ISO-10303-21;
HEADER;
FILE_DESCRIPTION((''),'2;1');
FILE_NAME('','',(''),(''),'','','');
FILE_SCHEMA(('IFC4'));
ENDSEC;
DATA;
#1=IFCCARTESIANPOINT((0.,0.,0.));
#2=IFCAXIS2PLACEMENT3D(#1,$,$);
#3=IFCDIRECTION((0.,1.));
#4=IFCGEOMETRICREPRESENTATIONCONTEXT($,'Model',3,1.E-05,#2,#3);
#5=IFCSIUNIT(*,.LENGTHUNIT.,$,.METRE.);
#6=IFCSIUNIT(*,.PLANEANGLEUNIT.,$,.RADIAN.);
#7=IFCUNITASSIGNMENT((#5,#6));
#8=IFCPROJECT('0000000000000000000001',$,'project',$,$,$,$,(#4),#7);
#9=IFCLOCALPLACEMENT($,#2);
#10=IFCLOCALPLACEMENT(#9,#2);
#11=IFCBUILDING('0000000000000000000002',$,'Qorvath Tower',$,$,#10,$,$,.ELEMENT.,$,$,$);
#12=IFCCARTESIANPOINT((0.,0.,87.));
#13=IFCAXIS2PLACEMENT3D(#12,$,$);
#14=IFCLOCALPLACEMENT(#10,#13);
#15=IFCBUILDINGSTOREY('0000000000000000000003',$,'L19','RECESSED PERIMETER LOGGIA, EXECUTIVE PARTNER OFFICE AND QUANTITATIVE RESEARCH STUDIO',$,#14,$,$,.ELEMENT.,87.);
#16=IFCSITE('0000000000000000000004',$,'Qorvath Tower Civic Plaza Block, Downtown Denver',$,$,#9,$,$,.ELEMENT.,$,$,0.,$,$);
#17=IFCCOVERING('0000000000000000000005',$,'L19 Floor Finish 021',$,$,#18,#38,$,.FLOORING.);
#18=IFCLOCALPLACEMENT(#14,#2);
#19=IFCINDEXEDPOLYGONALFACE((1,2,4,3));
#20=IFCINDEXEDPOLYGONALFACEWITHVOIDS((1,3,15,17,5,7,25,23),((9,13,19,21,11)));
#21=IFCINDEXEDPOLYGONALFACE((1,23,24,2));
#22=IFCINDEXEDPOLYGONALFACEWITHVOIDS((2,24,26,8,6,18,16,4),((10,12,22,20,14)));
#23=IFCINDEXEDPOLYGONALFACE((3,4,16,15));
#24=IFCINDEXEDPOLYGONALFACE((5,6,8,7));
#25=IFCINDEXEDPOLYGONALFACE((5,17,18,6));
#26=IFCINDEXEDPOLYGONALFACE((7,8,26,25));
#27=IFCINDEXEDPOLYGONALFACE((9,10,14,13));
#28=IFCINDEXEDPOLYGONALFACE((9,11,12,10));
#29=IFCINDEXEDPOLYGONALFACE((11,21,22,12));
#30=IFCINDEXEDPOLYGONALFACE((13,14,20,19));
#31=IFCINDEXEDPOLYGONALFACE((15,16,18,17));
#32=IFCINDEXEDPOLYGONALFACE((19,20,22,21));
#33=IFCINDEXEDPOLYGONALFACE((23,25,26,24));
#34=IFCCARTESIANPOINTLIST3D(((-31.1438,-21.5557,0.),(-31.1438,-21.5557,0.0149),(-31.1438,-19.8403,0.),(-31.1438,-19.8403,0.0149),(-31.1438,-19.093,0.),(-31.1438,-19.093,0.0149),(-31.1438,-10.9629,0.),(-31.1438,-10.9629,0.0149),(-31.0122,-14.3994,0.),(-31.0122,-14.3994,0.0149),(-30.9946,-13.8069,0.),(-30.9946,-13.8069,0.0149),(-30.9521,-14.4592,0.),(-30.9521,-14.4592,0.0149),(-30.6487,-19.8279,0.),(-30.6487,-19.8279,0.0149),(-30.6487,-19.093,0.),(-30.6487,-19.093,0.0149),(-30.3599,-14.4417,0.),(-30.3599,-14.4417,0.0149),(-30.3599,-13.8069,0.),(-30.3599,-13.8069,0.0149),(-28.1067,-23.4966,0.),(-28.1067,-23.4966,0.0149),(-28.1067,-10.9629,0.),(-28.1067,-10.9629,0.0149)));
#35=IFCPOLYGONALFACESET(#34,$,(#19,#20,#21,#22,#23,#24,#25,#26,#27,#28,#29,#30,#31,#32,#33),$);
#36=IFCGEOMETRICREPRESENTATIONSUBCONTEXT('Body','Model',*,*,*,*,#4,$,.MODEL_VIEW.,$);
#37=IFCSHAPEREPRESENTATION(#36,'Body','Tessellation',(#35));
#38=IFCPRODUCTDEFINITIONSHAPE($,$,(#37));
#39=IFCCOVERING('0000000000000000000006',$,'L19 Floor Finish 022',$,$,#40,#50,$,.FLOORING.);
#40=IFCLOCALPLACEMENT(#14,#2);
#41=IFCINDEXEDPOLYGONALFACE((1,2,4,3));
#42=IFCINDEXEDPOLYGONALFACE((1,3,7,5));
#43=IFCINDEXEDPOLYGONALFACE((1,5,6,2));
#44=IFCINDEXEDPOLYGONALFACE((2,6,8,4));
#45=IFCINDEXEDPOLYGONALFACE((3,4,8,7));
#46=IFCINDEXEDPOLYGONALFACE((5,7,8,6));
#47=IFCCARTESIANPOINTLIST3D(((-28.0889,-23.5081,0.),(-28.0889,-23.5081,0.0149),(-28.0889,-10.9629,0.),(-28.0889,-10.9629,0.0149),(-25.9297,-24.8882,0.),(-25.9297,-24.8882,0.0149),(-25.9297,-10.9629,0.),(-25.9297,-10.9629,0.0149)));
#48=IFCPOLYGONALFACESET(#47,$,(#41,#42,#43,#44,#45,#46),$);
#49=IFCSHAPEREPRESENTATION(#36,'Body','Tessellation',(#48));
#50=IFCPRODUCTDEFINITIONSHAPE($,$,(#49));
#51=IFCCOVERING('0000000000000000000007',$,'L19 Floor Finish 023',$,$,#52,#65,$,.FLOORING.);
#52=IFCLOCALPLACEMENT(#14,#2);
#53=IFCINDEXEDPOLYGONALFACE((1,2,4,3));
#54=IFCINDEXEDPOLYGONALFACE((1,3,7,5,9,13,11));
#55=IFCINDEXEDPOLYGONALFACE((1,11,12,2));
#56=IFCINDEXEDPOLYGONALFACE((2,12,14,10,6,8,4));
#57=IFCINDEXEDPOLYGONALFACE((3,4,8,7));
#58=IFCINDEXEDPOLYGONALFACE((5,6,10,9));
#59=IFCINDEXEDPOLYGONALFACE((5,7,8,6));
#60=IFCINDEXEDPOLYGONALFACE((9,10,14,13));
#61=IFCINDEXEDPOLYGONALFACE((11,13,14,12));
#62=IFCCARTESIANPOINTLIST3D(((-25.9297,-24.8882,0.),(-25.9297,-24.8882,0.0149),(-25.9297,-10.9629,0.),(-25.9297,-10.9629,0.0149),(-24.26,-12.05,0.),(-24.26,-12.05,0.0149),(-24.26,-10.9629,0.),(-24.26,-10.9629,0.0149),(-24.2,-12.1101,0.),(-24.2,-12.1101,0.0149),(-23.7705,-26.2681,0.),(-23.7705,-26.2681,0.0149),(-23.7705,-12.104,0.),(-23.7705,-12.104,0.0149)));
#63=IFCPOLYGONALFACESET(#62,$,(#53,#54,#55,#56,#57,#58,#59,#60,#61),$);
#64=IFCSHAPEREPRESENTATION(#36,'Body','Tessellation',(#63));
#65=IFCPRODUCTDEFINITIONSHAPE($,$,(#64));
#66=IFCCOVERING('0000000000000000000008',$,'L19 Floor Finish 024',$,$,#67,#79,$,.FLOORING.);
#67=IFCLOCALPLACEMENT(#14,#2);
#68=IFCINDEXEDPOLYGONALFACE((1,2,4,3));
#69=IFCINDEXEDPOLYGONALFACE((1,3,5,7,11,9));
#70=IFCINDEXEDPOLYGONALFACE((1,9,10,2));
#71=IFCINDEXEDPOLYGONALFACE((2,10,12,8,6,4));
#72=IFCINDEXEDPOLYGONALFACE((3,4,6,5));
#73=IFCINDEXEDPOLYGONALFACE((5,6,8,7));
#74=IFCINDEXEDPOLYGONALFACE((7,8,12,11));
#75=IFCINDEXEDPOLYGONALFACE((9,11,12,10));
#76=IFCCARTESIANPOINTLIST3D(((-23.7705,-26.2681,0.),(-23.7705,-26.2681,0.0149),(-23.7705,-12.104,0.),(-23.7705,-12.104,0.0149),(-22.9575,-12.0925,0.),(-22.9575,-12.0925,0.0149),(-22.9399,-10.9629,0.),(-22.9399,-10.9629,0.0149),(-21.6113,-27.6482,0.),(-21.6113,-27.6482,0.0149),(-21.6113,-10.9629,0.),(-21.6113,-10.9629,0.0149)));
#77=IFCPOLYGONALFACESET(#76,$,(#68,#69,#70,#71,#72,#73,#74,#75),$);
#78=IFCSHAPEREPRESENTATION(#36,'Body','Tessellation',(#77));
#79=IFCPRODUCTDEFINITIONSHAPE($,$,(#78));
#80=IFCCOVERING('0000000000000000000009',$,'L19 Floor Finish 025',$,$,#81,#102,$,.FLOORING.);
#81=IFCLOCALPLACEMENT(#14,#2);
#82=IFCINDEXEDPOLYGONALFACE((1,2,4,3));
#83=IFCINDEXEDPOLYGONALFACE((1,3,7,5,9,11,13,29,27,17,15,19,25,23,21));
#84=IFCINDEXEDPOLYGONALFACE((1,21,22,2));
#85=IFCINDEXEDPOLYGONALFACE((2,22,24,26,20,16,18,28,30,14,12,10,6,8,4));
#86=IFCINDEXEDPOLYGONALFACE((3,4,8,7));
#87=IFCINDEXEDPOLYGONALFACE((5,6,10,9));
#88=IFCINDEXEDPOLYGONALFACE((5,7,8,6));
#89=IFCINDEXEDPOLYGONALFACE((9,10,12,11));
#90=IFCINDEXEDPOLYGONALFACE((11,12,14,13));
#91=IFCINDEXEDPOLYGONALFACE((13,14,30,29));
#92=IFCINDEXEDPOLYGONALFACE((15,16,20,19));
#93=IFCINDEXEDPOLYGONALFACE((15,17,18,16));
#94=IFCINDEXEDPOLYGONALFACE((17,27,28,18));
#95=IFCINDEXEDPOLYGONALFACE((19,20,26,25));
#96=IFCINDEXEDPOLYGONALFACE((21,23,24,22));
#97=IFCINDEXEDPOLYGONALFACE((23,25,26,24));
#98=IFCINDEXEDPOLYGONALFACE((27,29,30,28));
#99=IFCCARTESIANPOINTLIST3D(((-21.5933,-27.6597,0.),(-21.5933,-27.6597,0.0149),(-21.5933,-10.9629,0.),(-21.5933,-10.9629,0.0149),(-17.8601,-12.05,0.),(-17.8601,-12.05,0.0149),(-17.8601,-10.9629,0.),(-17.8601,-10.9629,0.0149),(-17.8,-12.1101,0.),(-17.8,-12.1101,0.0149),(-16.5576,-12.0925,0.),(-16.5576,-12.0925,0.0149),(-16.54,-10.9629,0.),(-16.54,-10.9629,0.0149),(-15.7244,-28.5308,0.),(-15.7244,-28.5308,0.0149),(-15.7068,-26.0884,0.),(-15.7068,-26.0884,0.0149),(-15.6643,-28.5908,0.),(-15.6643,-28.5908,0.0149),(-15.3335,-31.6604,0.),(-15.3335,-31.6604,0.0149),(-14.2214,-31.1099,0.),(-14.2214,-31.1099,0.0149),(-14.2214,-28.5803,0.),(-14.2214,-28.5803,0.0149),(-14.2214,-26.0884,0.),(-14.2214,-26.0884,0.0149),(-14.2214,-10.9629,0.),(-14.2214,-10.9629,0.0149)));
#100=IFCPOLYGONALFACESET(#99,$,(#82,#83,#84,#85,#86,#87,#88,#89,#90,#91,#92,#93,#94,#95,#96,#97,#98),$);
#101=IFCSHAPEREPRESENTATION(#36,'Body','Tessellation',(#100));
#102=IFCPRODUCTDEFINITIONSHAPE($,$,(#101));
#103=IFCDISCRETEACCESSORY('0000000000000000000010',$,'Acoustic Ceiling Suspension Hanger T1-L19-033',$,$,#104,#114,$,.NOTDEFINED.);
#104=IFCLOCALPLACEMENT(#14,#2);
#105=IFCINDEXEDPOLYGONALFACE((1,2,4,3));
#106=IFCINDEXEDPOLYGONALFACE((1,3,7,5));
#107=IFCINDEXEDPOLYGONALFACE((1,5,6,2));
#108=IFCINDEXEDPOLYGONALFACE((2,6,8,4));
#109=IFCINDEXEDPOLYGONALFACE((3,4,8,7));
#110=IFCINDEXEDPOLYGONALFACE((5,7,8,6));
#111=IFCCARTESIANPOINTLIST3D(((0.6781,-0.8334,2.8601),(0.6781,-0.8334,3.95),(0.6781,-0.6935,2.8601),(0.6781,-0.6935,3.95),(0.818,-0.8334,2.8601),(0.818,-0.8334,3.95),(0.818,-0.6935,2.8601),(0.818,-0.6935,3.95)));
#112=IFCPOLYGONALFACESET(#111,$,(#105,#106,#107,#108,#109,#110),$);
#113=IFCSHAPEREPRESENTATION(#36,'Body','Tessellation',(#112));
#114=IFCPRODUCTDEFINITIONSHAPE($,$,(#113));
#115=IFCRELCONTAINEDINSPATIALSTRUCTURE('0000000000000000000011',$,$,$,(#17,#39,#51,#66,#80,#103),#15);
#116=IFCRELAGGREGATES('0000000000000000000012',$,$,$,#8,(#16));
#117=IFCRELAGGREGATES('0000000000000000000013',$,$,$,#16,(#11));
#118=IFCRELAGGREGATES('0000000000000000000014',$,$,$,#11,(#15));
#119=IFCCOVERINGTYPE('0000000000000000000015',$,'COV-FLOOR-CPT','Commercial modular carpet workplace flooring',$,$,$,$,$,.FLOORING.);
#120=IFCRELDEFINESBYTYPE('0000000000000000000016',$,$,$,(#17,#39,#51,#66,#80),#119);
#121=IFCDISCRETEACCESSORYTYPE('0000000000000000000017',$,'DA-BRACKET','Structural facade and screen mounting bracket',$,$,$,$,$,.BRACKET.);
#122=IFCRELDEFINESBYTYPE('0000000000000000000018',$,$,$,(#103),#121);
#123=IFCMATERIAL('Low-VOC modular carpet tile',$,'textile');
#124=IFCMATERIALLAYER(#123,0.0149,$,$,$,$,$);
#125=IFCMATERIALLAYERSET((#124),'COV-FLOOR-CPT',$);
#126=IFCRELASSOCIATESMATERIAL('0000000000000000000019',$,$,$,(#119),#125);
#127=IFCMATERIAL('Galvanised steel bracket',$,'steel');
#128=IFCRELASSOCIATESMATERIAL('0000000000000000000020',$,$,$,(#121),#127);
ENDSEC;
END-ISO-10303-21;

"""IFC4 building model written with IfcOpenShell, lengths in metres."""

from ifc_helpers import new_model, si_unit, direction, frame, origin, origin_2d, place, context, subcontext, project, spatial, polyline, rectangle, outline, extrude, material, layer, layer_set, type_object, element, save


model = new_model("IFC4")

# Units and contexts
model_context = context("Model", 3, precision=1e-05, world=origin(), true_north=direction((0.0, 1.0)))
body_context = subcontext(model_context, "Body", "Model", "MODEL_VIEW")
ifc_project = project(units=[si_unit("LENGTHUNIT", "METRE"), si_unit("PLANEANGLEUNIT", "RADIAN")], contexts=[model_context])

# Site, building, storey
site_placement = place(None, origin())
site = spatial("IfcSite", under=ifc_project, at=site_placement, Name="Qorvath Tower Civic Plaza Block, Downtown Denver", CompositionType="ELEMENT", RefElevation=0.0)
building_placement = place(site_placement, origin())
building = spatial("IfcBuilding", under=site, at=building_placement, Name="Qorvath Tower", CompositionType="ELEMENT")
storey_placement = place(building_placement, frame((0.0, 0.0, 87.0)))
storey = spatial("IfcBuildingStorey", under=building, at=storey_placement, Name="L19", Description="RECESSED PERIMETER LOGGIA, EXECUTIVE PARTNER OFFICE AND QUANTITATIVE RESEARCH STUDIO", CompositionType="ELEMENT", Elevation=87.0)

# Coverings
ifc_material_1 = material(Name="Low-VOC modular carpet tile", Category="textile")
ifc_layer_1 = layer(ifc_material_1, 0.0149)
ifc_layer_set_1 = layer_set([ifc_layer_1], Name="COV-FLOOR-CPT")
covering_type_1 = type_object("IfcCoveringType", Name="COV-FLOOR-CPT", Description="Commercial modular carpet workplace flooring", PredefinedType="FLOORING", material=ifc_layer_set_1)
covering_1_placement = place(storey_placement, origin())
element("IfcCovering", 1, at=covering_1_placement, inside=storey, type_object=covering_type_1, Name="L19 Floor Finish 021", PredefinedType="FLOORING", context=body_context, shape_type="SweptSolid", body=[
    extrude(outline(polyline([(-31.1438, -10.9629), (-31.1438, -19.093), (-30.6487, -19.093), (-30.6487, -19.8279), (-31.1438, -19.8403), (-31.1438, -21.5557), (-28.1067, -23.4966), (-28.1067, -10.9629), (-31.1438, -10.9629)]), holes=[polyline([(-31.0122, -14.3994), (-30.9946, -13.8069), (-30.3599, -13.8069), (-30.3599, -14.4417), (-30.9521, -14.4592), (-31.0122, -14.3994)])]), origin(), (0.0, 0.0, 1.0), 0.0149),
])
covering_2_placement = place(storey_placement, origin())
element("IfcCovering", 2, at=covering_2_placement, inside=storey, type_object=covering_type_1, Name="L19 Floor Finish 022", PredefinedType="FLOORING", context=body_context, shape_type="SweptSolid", body=[
    extrude(outline(polyline([(-25.9297, -24.8882), (-25.9297, -10.9629), (-28.0889, -10.9629), (-28.0889, -23.5081), (-25.9297, -24.8882)])), origin(), (0.0, 0.0, 1.0), 0.0149),
])
covering_3_placement = place(storey_placement, origin())
element("IfcCovering", 3, at=covering_3_placement, inside=storey, type_object=covering_type_1, Name="L19 Floor Finish 023", PredefinedType="FLOORING", context=body_context, shape_type="SweptSolid", body=[
    extrude(outline(polyline([(-23.7705, -26.2681), (-23.7705, -12.104), (-24.2, -12.1101), (-24.26, -12.05), (-24.26, -10.9629), (-25.9297, -10.9629), (-25.9297, -24.8882), (-23.7705, -26.2681)])), origin(), (0.0, 0.0, 1.0), 0.0149),
])
covering_4_placement = place(storey_placement, origin())
element("IfcCovering", 4, at=covering_4_placement, inside=storey, type_object=covering_type_1, Name="L19 Floor Finish 024", PredefinedType="FLOORING", context=body_context, shape_type="SweptSolid", body=[
    extrude(outline(polyline([(-21.6113, -27.6482), (-21.6113, -10.9629), (-22.9399, -10.9629), (-22.9575, -12.0925), (-23.7705, -12.104), (-23.7705, -26.2681), (-21.6113, -27.6482)])), origin(), (0.0, 0.0, 1.0), 0.0149),
])
covering_5_placement = place(storey_placement, origin())
element("IfcCovering", 5, at=covering_5_placement, inside=storey, type_object=covering_type_1, Name="L19 Floor Finish 025", PredefinedType="FLOORING", context=body_context, shape_type="SweptSolid", body=[
    extrude(outline(polyline([(-21.5933, -27.6597), (-15.3335, -31.6604), (-14.2214, -31.1099), (-14.2214, -28.5803), (-15.6643, -28.5908), (-15.7244, -28.5308), (-15.7068, -26.0884), (-14.2214, -26.0884), (-14.2214, -10.9629), (-16.54, -10.9629), (-16.5576, -12.0925), (-17.8, -12.1101), (-17.8601, -12.05), (-17.8601, -10.9629), (-21.5933, -10.9629), (-21.5933, -27.6597)])), origin(), (0.0, 0.0, 1.0), 0.0149),
])

# Discrete accessory
ifc_material_2 = material(Name="Galvanised steel bracket", Category="steel")
discrete_accessory_type = type_object("IfcDiscreteAccessoryType", Name="DA-BRACKET", Description="Structural facade and screen mounting bracket", PredefinedType="BRACKET", material=ifc_material_2)
discrete_accessory_placement = place(storey_placement, frame((0.748, -0.7634, 2.8601), z_axis=(0.0, 0.0, 1.0), x_axis=(1.0, 0.0, 0.0)))
element("IfcDiscreteAccessory", 6, at=discrete_accessory_placement, inside=storey, type_object=discrete_accessory_type, Name="Acoustic Ceiling Suspension Hanger T1-L19-033", PredefinedType="NOTDEFINED", context=body_context, shape_type="SweptSolid", body=[
    extrude(rectangle(XDim=0.1399, YDim=0.1399, at=origin_2d()), origin(), (0.0, 0.0, 1.0), 1.0898),
])

save(model, "model.ifc")
